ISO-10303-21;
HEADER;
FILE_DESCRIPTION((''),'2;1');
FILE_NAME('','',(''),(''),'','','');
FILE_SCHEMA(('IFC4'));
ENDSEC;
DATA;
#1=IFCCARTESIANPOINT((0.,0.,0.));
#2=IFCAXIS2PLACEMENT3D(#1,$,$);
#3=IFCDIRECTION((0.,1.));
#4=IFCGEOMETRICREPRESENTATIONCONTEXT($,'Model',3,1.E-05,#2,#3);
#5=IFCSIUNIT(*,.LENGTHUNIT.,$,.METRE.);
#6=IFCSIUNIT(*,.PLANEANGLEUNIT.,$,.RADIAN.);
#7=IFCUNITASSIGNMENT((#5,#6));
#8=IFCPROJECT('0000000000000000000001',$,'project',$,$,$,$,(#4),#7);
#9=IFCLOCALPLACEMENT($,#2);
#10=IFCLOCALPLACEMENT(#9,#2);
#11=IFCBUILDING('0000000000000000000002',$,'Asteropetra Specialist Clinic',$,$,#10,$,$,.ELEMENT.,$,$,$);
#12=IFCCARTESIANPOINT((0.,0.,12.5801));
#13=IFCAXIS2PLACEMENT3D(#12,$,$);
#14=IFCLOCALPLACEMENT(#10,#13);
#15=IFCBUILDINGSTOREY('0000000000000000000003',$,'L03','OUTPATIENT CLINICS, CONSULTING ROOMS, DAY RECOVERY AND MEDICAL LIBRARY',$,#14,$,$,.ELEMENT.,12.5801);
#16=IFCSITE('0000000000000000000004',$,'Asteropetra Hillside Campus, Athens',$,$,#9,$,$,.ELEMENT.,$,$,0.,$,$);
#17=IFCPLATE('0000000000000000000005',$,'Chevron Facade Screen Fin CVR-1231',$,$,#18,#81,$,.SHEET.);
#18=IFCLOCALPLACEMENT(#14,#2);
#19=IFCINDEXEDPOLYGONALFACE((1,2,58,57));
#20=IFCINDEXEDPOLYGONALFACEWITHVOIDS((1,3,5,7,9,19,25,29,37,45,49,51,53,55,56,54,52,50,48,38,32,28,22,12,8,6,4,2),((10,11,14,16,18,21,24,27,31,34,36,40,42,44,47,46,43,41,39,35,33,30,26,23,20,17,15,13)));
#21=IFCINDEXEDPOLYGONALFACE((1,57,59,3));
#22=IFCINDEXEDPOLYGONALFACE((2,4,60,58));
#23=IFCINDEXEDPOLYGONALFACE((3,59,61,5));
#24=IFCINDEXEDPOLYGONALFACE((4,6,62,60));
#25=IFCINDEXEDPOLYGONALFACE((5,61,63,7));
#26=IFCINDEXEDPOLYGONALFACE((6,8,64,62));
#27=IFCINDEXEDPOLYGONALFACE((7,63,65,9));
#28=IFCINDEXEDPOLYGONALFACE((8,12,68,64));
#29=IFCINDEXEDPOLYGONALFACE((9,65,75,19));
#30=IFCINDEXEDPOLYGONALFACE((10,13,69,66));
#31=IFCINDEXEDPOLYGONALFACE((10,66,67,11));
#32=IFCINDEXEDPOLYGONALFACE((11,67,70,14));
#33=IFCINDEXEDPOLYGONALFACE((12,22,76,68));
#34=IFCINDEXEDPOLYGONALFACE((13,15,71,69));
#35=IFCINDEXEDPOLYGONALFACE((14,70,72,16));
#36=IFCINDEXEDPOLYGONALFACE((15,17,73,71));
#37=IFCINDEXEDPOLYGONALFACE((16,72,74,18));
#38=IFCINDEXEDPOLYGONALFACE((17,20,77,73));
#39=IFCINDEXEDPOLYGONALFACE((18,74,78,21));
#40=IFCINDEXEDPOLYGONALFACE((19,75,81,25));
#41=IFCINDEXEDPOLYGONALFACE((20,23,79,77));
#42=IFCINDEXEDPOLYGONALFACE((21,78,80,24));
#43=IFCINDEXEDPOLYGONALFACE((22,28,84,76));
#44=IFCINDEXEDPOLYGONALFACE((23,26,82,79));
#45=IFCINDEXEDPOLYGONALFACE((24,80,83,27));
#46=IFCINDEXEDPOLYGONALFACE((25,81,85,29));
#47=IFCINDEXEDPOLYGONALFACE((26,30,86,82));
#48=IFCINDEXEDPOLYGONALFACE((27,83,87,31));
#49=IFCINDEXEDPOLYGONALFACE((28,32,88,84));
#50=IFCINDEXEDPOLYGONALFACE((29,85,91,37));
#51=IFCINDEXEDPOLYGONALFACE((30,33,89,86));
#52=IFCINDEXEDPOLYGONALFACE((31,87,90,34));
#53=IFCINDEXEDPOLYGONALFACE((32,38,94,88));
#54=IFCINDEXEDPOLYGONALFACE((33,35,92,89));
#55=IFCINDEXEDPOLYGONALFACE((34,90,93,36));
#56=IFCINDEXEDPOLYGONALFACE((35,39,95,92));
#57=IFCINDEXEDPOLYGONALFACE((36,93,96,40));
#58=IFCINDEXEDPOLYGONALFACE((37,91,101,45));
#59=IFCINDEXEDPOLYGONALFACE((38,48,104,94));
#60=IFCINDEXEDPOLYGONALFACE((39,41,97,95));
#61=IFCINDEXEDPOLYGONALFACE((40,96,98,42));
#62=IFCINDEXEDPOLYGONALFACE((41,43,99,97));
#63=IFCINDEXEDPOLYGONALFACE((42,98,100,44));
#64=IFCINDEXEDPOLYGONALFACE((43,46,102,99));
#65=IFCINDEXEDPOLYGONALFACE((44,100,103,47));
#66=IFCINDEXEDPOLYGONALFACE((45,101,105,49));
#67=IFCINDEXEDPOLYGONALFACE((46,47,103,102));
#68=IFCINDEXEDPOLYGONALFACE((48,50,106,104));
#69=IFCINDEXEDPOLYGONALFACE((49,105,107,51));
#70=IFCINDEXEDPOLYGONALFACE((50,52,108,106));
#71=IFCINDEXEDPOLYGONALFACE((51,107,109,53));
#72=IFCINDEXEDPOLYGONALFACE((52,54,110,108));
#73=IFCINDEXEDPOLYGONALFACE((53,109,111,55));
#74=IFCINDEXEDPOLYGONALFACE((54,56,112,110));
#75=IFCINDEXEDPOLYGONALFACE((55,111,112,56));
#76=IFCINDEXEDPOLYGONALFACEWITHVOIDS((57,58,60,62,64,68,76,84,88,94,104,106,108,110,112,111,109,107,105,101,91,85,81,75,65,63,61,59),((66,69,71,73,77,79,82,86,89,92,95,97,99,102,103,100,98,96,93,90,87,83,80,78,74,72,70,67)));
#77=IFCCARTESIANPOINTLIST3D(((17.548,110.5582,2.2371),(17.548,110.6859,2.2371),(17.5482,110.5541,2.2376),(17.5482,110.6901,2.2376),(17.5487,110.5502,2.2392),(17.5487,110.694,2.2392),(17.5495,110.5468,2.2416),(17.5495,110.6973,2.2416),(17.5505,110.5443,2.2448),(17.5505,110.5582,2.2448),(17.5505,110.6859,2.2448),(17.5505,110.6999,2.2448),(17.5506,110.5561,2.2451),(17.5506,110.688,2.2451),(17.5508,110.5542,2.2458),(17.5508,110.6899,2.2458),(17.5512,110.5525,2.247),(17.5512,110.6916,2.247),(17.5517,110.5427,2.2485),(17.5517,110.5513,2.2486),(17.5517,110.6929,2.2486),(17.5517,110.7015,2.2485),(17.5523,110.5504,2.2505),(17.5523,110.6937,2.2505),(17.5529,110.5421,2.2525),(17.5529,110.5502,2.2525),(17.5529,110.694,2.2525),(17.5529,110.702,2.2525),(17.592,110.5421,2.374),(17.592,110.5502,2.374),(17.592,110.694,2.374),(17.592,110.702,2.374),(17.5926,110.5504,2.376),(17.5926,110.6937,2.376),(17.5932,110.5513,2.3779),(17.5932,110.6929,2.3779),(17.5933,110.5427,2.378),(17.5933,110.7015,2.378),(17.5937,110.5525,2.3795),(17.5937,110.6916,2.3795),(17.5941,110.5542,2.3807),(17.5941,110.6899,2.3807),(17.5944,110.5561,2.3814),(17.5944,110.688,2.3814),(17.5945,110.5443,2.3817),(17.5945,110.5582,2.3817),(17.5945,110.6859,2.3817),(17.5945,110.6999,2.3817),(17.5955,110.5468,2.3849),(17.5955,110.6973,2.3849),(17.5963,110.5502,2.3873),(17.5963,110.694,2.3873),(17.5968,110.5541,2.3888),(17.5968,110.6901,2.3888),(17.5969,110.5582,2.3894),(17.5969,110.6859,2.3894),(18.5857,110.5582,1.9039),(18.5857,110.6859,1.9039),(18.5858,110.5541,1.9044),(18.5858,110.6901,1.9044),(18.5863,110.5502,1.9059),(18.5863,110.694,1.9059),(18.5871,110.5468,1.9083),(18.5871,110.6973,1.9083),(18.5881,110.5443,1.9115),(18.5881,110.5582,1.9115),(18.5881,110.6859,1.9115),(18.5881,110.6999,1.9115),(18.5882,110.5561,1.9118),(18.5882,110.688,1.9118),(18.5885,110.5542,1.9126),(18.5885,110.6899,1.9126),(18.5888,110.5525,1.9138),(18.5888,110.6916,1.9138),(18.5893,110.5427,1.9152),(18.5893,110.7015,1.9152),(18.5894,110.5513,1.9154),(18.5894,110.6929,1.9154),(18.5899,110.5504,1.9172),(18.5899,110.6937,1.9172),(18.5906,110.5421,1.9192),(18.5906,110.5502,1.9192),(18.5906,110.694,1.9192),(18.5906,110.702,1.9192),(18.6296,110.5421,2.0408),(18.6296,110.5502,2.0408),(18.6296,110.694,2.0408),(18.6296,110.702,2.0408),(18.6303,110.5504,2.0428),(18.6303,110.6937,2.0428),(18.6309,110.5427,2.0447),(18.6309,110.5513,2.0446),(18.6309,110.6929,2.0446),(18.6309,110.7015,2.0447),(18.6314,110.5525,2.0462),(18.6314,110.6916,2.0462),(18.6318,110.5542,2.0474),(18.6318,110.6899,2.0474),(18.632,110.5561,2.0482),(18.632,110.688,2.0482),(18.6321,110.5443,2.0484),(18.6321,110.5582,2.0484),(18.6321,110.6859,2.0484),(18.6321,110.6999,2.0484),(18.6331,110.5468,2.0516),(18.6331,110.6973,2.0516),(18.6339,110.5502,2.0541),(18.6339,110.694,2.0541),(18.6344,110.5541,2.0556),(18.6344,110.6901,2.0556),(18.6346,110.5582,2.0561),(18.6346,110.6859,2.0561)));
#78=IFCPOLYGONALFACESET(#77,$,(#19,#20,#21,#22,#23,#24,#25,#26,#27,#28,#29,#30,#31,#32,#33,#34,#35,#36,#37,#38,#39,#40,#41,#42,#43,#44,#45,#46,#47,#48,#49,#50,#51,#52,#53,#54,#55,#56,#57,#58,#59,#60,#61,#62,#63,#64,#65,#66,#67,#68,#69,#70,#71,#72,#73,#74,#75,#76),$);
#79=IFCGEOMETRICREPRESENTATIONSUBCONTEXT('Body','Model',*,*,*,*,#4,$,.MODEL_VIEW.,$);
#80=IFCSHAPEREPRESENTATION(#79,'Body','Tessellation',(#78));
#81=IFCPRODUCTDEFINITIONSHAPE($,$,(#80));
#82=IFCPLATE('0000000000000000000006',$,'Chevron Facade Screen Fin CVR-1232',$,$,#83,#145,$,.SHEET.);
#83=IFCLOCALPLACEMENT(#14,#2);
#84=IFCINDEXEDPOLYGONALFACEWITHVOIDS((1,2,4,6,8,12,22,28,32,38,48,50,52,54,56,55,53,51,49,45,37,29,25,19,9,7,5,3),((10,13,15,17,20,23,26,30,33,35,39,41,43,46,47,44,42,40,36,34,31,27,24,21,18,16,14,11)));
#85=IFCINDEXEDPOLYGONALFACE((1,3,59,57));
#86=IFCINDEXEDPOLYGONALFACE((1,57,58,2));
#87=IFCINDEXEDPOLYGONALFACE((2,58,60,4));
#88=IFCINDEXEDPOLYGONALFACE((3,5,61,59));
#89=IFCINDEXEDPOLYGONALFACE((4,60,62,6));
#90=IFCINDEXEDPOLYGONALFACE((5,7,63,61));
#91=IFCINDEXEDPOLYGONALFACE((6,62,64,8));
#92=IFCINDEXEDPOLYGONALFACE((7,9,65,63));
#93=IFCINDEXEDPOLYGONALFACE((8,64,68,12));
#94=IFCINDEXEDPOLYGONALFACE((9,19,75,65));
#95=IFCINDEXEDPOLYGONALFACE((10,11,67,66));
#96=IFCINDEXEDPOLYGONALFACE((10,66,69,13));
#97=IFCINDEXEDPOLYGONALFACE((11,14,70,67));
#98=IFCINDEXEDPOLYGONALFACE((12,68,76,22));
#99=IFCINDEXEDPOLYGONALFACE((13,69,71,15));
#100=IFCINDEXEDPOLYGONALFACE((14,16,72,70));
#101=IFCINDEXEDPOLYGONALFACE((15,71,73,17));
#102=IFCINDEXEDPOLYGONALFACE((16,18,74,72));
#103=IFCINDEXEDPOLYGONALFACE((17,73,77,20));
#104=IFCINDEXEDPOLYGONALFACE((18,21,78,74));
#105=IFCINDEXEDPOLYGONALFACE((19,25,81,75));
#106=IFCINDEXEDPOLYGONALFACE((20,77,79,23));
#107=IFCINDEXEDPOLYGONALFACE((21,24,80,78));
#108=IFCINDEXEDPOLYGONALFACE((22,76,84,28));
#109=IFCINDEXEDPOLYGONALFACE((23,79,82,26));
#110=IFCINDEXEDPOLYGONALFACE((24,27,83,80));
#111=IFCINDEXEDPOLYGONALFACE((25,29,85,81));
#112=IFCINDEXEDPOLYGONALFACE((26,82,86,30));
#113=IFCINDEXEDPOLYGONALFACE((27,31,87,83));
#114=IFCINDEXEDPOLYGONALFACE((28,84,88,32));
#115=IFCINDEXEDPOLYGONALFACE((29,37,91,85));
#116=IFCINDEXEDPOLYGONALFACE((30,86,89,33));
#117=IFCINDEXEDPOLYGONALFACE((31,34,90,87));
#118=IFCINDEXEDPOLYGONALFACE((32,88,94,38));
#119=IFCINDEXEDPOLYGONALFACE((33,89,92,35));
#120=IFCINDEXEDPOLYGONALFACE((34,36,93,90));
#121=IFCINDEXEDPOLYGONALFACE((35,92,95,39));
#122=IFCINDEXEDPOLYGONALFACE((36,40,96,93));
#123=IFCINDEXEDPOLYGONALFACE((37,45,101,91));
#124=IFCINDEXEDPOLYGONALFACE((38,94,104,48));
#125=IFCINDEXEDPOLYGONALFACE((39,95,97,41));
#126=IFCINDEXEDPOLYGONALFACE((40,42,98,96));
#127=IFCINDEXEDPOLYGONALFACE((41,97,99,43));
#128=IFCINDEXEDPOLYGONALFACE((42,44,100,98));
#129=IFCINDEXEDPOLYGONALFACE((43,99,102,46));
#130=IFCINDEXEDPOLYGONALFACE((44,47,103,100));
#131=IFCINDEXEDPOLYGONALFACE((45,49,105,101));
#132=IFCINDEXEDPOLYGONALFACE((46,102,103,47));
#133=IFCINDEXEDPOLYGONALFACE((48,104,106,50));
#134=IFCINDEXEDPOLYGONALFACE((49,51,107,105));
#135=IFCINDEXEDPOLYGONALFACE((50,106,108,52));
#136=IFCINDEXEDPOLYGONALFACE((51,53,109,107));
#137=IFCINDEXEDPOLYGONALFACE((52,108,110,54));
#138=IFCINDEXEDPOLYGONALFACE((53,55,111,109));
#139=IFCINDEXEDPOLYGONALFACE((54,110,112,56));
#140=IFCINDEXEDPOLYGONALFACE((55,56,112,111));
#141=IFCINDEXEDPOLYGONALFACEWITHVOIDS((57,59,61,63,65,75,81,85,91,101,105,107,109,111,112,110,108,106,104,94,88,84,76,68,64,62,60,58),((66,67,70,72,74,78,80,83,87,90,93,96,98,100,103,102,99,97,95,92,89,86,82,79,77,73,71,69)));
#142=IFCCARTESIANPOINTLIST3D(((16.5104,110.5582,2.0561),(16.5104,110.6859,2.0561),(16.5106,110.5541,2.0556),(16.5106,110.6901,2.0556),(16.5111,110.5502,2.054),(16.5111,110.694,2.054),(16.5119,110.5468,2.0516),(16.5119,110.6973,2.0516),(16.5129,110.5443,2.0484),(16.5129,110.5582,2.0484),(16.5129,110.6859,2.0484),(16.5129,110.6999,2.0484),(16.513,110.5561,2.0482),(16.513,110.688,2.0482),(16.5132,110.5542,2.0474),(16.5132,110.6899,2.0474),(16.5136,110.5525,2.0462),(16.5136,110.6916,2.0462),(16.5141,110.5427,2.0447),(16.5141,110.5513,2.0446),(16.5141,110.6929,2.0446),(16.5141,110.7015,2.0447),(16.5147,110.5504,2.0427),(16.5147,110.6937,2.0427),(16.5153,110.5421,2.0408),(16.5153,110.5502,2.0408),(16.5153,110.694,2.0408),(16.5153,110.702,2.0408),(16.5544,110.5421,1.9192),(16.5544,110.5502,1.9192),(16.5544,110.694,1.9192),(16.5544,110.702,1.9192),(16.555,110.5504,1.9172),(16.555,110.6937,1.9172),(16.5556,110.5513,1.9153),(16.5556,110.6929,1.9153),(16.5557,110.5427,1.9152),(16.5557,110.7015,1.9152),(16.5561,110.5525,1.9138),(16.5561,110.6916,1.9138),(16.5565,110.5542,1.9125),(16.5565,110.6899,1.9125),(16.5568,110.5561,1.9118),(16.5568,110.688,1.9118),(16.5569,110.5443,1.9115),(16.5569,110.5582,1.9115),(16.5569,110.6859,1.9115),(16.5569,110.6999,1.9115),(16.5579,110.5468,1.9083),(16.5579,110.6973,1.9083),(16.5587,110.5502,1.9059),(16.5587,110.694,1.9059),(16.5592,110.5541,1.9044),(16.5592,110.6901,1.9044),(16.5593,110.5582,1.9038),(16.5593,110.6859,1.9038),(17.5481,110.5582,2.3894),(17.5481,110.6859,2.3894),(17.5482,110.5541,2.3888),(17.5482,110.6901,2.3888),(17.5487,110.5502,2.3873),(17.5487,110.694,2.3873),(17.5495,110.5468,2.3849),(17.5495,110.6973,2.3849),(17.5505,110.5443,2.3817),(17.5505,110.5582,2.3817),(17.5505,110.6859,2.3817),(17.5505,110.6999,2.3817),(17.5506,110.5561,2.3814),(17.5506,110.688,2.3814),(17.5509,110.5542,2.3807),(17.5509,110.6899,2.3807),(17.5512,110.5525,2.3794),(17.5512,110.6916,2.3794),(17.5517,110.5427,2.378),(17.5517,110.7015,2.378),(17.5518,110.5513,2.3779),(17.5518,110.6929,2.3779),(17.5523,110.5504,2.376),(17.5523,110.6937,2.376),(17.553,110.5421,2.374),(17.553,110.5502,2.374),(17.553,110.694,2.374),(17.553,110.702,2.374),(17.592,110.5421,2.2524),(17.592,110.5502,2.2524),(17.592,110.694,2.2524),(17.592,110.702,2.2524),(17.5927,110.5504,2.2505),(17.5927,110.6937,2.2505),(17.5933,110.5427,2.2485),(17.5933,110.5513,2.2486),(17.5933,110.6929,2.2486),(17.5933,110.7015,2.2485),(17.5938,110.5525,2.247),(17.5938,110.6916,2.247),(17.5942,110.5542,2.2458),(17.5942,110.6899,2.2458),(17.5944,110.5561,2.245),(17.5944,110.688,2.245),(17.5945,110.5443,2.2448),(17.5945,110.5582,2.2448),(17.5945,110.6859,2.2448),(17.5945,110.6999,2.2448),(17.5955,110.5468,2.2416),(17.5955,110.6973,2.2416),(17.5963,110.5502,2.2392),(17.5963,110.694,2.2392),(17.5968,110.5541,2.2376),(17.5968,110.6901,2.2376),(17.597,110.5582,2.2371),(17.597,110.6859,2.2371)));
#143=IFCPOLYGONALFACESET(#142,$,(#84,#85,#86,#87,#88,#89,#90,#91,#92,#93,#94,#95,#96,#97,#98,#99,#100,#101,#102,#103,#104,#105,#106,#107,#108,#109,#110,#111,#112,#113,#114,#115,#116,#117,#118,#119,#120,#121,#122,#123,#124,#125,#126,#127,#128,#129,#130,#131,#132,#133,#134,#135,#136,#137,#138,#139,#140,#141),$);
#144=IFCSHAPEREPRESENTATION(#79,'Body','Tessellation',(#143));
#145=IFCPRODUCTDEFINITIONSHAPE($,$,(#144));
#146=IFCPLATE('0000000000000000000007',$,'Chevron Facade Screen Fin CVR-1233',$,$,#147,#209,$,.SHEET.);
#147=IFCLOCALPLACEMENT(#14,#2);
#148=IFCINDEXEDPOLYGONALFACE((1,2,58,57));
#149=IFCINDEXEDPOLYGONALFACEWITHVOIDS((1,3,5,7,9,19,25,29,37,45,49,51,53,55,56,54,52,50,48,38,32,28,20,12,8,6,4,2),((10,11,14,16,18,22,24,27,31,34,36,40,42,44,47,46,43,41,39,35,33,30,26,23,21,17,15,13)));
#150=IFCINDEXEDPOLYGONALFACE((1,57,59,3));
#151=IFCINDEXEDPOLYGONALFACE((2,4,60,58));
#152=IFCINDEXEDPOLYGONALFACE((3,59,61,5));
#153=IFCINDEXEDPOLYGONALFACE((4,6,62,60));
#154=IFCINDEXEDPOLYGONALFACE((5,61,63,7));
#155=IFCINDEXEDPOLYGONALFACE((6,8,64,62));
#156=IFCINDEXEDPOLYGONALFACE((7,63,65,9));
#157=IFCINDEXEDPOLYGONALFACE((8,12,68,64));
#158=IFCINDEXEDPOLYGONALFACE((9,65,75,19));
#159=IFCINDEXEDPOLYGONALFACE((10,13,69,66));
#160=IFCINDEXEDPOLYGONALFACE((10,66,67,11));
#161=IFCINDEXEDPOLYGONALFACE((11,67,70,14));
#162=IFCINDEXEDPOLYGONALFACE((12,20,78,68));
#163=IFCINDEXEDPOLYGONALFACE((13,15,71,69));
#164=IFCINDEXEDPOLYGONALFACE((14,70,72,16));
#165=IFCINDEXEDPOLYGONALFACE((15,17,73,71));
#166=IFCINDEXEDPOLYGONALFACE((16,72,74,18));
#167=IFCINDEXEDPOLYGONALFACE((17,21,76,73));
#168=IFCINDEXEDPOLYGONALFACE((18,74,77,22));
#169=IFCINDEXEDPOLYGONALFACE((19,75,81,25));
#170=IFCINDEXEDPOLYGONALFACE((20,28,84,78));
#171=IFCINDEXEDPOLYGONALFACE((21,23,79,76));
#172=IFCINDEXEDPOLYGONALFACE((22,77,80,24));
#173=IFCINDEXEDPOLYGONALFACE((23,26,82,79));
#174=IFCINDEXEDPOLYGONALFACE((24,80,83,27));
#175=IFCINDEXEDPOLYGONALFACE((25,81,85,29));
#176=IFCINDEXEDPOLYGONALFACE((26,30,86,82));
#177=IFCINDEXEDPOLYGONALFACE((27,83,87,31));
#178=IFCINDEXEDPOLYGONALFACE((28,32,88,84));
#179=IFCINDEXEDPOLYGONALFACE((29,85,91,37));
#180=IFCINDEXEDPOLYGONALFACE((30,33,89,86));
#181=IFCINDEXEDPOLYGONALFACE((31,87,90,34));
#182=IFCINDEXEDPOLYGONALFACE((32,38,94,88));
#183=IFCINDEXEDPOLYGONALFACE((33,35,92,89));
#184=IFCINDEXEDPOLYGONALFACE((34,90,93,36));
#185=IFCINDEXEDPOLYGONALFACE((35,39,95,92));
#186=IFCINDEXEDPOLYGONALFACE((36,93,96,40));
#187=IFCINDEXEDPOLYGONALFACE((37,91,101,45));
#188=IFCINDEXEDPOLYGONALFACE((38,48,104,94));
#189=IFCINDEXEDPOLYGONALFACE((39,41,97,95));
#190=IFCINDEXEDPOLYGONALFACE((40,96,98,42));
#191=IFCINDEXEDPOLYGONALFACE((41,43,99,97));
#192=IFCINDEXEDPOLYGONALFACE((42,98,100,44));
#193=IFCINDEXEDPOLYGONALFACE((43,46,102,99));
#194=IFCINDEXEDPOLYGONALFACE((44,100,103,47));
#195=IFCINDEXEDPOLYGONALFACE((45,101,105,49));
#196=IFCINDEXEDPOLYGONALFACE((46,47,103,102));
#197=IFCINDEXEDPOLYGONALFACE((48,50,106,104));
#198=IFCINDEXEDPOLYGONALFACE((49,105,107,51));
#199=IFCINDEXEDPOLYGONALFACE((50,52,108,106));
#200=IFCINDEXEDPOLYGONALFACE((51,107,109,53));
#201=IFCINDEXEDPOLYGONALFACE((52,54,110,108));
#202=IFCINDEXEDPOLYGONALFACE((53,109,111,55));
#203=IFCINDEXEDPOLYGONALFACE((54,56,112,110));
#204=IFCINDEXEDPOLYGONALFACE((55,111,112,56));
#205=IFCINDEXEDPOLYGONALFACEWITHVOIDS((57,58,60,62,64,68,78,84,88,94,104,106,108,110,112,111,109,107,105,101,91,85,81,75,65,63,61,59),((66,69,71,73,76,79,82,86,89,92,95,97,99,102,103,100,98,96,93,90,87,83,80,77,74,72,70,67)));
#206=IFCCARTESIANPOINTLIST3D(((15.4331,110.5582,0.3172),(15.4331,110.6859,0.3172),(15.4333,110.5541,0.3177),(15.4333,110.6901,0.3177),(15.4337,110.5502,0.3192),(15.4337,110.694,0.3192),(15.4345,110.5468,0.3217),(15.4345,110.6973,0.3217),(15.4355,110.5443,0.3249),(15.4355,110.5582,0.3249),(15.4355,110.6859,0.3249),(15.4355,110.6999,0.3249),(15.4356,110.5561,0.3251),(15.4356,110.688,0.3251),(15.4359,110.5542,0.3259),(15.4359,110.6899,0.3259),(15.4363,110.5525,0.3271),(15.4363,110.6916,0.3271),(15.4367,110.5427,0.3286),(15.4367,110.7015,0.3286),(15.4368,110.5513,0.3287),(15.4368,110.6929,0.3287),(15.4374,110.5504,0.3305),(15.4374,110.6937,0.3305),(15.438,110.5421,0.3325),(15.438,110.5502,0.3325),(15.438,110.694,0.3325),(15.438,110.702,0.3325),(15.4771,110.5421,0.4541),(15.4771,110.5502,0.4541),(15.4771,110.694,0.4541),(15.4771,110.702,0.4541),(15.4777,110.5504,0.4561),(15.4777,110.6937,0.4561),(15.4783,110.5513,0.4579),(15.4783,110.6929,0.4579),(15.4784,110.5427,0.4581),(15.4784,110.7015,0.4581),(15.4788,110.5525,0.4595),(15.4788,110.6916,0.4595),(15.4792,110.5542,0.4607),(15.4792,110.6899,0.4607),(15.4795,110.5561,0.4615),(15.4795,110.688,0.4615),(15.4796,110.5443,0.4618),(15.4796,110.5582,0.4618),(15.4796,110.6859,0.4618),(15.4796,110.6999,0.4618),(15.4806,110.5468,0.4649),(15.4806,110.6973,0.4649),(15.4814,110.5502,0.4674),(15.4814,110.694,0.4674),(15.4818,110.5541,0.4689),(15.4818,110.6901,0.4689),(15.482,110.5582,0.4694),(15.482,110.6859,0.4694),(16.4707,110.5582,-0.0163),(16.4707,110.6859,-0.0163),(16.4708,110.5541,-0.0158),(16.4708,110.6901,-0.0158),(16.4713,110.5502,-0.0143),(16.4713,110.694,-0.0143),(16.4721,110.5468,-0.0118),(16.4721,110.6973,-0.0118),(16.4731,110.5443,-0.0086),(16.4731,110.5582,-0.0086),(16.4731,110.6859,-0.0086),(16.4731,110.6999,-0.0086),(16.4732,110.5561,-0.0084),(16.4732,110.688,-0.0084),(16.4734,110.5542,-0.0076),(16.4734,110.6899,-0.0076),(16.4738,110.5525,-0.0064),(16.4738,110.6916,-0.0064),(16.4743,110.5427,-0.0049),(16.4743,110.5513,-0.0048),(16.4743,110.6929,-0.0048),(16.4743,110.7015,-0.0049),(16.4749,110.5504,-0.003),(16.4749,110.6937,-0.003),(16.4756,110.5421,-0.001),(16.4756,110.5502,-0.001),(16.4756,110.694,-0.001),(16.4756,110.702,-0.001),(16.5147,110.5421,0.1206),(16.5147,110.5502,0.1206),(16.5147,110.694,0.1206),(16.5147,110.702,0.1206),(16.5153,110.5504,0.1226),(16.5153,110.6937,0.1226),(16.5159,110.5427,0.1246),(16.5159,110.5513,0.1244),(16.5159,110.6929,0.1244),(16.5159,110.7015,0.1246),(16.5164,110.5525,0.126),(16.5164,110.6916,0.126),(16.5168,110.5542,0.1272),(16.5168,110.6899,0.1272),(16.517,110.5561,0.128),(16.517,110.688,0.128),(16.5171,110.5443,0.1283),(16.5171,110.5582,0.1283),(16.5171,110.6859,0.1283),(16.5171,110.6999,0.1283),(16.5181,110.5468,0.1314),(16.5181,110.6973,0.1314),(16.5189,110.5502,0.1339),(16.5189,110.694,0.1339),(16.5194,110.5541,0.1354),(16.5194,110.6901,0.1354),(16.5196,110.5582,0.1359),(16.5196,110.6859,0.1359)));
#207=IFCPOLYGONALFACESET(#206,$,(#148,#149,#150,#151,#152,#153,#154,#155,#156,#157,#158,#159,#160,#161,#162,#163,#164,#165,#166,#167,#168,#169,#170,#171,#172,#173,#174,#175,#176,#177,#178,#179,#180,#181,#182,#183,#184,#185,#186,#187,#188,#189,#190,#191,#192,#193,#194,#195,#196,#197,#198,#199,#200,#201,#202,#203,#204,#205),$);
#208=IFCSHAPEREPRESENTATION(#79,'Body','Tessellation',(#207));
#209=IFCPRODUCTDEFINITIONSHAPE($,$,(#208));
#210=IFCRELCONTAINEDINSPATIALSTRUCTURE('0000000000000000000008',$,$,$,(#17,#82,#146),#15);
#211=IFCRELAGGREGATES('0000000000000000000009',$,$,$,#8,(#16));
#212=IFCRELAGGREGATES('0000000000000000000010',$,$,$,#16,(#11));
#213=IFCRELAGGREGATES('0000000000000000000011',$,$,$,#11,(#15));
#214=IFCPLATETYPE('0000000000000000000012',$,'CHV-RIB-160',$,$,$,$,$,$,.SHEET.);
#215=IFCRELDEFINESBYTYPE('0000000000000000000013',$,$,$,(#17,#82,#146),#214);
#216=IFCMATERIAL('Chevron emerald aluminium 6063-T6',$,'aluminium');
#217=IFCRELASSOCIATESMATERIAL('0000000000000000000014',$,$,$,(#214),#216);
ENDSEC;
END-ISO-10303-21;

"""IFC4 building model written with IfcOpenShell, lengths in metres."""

from ifc_helpers import new_model, si_unit, direction, frame, origin, origin_2d, place, context, subcontext, project, spatial, hollow_rectangle, extrude, material, material_profile, profile_set, type_object, element, save


model = new_model("IFC4")

# Units and contexts
model_context = context("Model", 3, precision=1e-05, world=origin(), true_north=direction((0.0, 1.0)))
body_context = subcontext(model_context, "Body", "Model", "MODEL_VIEW")
ifc_project = project(units=[si_unit("LENGTHUNIT", "METRE"), si_unit("PLANEANGLEUNIT", "RADIAN")], contexts=[model_context])

# Site, building, storey
site_placement = place(None, origin())
site = spatial("IfcSite", under=ifc_project, at=site_placement, Name="Asteropetra Hillside Campus, Athens", CompositionType="ELEMENT", RefElevation=0.0)
building_placement = place(site_placement, origin())
building = spatial("IfcBuilding", under=site, at=building_placement, Name="Asteropetra Specialist Clinic", CompositionType="ELEMENT")
storey_placement = place(building_placement, frame((0.0, 0.0, 12.5801)))
storey = spatial("IfcBuildingStorey", under=building, at=storey_placement, Name="L03", Description="OUTPATIENT CLINICS, CONSULTING ROOMS, DAY RECOVERY AND MEDICAL LIBRARY", CompositionType="ELEMENT", Elevation=12.5801)

# Plates
ifc_material_1 = material(Name="Chevron emerald aluminium 6063-T6", Category="aluminium")
ifc_material_profile_1 = material_profile(ifc_material_1, hollow_rectangle(XDim=0.1599, YDim=0.1599, WallThickness=0.0081, InnerFilletRadius=0.0081, OuterFilletRadius=0.0161, at=origin_2d()), Name="SHS 160x160x8.0")
ifc_profile_set_1 = profile_set([ifc_material_profile_1], Name="Chevron emerald aluminium 6063-T6")
plate_type_1 = type_object("IfcPlateType", Name="CHV-RIB-160", PredefinedType="SHEET", material=ifc_profile_set_1)
for number, where, z_axis, x_axis, name in (
    (1, (18.6101, 110.6221, 1.98), (-0.952098, 0.0, 0.305792), (0.0, -1.0, 0.0), "Chevron Facade Screen Fin CVR-1231"),
    (2, (17.5725, 110.6221, 2.3132), (-0.952098, 0.0, -0.305792), (0.0, -1.0, 0.0), "Chevron Facade Screen Fin CVR-1232"),
    (3, (16.4951, 110.6221, 0.0598), (-0.952033, 0.0, 0.305995), (0.0, -1.0, 0.0), "Chevron Facade Screen Fin CVR-1233"),
):
    element("IfcPlate", number, at=place(storey_placement, frame(where, z_axis=z_axis, x_axis=x_axis)), inside=storey, type_object=plate_type_1, Name=name, PredefinedType="SHEET", context=body_context, shape_type="SweptSolid", body=[
        extrude(hollow_rectangle(XDim=0.1599, YDim=0.1599, WallThickness=0.0081, InnerFilletRadius=0.0081, OuterFilletRadius=0.0161, at=origin_2d()), origin(), (0.0, 0.0, 1.0), 1.0898),
    ])

save(model, "model.ifc")
